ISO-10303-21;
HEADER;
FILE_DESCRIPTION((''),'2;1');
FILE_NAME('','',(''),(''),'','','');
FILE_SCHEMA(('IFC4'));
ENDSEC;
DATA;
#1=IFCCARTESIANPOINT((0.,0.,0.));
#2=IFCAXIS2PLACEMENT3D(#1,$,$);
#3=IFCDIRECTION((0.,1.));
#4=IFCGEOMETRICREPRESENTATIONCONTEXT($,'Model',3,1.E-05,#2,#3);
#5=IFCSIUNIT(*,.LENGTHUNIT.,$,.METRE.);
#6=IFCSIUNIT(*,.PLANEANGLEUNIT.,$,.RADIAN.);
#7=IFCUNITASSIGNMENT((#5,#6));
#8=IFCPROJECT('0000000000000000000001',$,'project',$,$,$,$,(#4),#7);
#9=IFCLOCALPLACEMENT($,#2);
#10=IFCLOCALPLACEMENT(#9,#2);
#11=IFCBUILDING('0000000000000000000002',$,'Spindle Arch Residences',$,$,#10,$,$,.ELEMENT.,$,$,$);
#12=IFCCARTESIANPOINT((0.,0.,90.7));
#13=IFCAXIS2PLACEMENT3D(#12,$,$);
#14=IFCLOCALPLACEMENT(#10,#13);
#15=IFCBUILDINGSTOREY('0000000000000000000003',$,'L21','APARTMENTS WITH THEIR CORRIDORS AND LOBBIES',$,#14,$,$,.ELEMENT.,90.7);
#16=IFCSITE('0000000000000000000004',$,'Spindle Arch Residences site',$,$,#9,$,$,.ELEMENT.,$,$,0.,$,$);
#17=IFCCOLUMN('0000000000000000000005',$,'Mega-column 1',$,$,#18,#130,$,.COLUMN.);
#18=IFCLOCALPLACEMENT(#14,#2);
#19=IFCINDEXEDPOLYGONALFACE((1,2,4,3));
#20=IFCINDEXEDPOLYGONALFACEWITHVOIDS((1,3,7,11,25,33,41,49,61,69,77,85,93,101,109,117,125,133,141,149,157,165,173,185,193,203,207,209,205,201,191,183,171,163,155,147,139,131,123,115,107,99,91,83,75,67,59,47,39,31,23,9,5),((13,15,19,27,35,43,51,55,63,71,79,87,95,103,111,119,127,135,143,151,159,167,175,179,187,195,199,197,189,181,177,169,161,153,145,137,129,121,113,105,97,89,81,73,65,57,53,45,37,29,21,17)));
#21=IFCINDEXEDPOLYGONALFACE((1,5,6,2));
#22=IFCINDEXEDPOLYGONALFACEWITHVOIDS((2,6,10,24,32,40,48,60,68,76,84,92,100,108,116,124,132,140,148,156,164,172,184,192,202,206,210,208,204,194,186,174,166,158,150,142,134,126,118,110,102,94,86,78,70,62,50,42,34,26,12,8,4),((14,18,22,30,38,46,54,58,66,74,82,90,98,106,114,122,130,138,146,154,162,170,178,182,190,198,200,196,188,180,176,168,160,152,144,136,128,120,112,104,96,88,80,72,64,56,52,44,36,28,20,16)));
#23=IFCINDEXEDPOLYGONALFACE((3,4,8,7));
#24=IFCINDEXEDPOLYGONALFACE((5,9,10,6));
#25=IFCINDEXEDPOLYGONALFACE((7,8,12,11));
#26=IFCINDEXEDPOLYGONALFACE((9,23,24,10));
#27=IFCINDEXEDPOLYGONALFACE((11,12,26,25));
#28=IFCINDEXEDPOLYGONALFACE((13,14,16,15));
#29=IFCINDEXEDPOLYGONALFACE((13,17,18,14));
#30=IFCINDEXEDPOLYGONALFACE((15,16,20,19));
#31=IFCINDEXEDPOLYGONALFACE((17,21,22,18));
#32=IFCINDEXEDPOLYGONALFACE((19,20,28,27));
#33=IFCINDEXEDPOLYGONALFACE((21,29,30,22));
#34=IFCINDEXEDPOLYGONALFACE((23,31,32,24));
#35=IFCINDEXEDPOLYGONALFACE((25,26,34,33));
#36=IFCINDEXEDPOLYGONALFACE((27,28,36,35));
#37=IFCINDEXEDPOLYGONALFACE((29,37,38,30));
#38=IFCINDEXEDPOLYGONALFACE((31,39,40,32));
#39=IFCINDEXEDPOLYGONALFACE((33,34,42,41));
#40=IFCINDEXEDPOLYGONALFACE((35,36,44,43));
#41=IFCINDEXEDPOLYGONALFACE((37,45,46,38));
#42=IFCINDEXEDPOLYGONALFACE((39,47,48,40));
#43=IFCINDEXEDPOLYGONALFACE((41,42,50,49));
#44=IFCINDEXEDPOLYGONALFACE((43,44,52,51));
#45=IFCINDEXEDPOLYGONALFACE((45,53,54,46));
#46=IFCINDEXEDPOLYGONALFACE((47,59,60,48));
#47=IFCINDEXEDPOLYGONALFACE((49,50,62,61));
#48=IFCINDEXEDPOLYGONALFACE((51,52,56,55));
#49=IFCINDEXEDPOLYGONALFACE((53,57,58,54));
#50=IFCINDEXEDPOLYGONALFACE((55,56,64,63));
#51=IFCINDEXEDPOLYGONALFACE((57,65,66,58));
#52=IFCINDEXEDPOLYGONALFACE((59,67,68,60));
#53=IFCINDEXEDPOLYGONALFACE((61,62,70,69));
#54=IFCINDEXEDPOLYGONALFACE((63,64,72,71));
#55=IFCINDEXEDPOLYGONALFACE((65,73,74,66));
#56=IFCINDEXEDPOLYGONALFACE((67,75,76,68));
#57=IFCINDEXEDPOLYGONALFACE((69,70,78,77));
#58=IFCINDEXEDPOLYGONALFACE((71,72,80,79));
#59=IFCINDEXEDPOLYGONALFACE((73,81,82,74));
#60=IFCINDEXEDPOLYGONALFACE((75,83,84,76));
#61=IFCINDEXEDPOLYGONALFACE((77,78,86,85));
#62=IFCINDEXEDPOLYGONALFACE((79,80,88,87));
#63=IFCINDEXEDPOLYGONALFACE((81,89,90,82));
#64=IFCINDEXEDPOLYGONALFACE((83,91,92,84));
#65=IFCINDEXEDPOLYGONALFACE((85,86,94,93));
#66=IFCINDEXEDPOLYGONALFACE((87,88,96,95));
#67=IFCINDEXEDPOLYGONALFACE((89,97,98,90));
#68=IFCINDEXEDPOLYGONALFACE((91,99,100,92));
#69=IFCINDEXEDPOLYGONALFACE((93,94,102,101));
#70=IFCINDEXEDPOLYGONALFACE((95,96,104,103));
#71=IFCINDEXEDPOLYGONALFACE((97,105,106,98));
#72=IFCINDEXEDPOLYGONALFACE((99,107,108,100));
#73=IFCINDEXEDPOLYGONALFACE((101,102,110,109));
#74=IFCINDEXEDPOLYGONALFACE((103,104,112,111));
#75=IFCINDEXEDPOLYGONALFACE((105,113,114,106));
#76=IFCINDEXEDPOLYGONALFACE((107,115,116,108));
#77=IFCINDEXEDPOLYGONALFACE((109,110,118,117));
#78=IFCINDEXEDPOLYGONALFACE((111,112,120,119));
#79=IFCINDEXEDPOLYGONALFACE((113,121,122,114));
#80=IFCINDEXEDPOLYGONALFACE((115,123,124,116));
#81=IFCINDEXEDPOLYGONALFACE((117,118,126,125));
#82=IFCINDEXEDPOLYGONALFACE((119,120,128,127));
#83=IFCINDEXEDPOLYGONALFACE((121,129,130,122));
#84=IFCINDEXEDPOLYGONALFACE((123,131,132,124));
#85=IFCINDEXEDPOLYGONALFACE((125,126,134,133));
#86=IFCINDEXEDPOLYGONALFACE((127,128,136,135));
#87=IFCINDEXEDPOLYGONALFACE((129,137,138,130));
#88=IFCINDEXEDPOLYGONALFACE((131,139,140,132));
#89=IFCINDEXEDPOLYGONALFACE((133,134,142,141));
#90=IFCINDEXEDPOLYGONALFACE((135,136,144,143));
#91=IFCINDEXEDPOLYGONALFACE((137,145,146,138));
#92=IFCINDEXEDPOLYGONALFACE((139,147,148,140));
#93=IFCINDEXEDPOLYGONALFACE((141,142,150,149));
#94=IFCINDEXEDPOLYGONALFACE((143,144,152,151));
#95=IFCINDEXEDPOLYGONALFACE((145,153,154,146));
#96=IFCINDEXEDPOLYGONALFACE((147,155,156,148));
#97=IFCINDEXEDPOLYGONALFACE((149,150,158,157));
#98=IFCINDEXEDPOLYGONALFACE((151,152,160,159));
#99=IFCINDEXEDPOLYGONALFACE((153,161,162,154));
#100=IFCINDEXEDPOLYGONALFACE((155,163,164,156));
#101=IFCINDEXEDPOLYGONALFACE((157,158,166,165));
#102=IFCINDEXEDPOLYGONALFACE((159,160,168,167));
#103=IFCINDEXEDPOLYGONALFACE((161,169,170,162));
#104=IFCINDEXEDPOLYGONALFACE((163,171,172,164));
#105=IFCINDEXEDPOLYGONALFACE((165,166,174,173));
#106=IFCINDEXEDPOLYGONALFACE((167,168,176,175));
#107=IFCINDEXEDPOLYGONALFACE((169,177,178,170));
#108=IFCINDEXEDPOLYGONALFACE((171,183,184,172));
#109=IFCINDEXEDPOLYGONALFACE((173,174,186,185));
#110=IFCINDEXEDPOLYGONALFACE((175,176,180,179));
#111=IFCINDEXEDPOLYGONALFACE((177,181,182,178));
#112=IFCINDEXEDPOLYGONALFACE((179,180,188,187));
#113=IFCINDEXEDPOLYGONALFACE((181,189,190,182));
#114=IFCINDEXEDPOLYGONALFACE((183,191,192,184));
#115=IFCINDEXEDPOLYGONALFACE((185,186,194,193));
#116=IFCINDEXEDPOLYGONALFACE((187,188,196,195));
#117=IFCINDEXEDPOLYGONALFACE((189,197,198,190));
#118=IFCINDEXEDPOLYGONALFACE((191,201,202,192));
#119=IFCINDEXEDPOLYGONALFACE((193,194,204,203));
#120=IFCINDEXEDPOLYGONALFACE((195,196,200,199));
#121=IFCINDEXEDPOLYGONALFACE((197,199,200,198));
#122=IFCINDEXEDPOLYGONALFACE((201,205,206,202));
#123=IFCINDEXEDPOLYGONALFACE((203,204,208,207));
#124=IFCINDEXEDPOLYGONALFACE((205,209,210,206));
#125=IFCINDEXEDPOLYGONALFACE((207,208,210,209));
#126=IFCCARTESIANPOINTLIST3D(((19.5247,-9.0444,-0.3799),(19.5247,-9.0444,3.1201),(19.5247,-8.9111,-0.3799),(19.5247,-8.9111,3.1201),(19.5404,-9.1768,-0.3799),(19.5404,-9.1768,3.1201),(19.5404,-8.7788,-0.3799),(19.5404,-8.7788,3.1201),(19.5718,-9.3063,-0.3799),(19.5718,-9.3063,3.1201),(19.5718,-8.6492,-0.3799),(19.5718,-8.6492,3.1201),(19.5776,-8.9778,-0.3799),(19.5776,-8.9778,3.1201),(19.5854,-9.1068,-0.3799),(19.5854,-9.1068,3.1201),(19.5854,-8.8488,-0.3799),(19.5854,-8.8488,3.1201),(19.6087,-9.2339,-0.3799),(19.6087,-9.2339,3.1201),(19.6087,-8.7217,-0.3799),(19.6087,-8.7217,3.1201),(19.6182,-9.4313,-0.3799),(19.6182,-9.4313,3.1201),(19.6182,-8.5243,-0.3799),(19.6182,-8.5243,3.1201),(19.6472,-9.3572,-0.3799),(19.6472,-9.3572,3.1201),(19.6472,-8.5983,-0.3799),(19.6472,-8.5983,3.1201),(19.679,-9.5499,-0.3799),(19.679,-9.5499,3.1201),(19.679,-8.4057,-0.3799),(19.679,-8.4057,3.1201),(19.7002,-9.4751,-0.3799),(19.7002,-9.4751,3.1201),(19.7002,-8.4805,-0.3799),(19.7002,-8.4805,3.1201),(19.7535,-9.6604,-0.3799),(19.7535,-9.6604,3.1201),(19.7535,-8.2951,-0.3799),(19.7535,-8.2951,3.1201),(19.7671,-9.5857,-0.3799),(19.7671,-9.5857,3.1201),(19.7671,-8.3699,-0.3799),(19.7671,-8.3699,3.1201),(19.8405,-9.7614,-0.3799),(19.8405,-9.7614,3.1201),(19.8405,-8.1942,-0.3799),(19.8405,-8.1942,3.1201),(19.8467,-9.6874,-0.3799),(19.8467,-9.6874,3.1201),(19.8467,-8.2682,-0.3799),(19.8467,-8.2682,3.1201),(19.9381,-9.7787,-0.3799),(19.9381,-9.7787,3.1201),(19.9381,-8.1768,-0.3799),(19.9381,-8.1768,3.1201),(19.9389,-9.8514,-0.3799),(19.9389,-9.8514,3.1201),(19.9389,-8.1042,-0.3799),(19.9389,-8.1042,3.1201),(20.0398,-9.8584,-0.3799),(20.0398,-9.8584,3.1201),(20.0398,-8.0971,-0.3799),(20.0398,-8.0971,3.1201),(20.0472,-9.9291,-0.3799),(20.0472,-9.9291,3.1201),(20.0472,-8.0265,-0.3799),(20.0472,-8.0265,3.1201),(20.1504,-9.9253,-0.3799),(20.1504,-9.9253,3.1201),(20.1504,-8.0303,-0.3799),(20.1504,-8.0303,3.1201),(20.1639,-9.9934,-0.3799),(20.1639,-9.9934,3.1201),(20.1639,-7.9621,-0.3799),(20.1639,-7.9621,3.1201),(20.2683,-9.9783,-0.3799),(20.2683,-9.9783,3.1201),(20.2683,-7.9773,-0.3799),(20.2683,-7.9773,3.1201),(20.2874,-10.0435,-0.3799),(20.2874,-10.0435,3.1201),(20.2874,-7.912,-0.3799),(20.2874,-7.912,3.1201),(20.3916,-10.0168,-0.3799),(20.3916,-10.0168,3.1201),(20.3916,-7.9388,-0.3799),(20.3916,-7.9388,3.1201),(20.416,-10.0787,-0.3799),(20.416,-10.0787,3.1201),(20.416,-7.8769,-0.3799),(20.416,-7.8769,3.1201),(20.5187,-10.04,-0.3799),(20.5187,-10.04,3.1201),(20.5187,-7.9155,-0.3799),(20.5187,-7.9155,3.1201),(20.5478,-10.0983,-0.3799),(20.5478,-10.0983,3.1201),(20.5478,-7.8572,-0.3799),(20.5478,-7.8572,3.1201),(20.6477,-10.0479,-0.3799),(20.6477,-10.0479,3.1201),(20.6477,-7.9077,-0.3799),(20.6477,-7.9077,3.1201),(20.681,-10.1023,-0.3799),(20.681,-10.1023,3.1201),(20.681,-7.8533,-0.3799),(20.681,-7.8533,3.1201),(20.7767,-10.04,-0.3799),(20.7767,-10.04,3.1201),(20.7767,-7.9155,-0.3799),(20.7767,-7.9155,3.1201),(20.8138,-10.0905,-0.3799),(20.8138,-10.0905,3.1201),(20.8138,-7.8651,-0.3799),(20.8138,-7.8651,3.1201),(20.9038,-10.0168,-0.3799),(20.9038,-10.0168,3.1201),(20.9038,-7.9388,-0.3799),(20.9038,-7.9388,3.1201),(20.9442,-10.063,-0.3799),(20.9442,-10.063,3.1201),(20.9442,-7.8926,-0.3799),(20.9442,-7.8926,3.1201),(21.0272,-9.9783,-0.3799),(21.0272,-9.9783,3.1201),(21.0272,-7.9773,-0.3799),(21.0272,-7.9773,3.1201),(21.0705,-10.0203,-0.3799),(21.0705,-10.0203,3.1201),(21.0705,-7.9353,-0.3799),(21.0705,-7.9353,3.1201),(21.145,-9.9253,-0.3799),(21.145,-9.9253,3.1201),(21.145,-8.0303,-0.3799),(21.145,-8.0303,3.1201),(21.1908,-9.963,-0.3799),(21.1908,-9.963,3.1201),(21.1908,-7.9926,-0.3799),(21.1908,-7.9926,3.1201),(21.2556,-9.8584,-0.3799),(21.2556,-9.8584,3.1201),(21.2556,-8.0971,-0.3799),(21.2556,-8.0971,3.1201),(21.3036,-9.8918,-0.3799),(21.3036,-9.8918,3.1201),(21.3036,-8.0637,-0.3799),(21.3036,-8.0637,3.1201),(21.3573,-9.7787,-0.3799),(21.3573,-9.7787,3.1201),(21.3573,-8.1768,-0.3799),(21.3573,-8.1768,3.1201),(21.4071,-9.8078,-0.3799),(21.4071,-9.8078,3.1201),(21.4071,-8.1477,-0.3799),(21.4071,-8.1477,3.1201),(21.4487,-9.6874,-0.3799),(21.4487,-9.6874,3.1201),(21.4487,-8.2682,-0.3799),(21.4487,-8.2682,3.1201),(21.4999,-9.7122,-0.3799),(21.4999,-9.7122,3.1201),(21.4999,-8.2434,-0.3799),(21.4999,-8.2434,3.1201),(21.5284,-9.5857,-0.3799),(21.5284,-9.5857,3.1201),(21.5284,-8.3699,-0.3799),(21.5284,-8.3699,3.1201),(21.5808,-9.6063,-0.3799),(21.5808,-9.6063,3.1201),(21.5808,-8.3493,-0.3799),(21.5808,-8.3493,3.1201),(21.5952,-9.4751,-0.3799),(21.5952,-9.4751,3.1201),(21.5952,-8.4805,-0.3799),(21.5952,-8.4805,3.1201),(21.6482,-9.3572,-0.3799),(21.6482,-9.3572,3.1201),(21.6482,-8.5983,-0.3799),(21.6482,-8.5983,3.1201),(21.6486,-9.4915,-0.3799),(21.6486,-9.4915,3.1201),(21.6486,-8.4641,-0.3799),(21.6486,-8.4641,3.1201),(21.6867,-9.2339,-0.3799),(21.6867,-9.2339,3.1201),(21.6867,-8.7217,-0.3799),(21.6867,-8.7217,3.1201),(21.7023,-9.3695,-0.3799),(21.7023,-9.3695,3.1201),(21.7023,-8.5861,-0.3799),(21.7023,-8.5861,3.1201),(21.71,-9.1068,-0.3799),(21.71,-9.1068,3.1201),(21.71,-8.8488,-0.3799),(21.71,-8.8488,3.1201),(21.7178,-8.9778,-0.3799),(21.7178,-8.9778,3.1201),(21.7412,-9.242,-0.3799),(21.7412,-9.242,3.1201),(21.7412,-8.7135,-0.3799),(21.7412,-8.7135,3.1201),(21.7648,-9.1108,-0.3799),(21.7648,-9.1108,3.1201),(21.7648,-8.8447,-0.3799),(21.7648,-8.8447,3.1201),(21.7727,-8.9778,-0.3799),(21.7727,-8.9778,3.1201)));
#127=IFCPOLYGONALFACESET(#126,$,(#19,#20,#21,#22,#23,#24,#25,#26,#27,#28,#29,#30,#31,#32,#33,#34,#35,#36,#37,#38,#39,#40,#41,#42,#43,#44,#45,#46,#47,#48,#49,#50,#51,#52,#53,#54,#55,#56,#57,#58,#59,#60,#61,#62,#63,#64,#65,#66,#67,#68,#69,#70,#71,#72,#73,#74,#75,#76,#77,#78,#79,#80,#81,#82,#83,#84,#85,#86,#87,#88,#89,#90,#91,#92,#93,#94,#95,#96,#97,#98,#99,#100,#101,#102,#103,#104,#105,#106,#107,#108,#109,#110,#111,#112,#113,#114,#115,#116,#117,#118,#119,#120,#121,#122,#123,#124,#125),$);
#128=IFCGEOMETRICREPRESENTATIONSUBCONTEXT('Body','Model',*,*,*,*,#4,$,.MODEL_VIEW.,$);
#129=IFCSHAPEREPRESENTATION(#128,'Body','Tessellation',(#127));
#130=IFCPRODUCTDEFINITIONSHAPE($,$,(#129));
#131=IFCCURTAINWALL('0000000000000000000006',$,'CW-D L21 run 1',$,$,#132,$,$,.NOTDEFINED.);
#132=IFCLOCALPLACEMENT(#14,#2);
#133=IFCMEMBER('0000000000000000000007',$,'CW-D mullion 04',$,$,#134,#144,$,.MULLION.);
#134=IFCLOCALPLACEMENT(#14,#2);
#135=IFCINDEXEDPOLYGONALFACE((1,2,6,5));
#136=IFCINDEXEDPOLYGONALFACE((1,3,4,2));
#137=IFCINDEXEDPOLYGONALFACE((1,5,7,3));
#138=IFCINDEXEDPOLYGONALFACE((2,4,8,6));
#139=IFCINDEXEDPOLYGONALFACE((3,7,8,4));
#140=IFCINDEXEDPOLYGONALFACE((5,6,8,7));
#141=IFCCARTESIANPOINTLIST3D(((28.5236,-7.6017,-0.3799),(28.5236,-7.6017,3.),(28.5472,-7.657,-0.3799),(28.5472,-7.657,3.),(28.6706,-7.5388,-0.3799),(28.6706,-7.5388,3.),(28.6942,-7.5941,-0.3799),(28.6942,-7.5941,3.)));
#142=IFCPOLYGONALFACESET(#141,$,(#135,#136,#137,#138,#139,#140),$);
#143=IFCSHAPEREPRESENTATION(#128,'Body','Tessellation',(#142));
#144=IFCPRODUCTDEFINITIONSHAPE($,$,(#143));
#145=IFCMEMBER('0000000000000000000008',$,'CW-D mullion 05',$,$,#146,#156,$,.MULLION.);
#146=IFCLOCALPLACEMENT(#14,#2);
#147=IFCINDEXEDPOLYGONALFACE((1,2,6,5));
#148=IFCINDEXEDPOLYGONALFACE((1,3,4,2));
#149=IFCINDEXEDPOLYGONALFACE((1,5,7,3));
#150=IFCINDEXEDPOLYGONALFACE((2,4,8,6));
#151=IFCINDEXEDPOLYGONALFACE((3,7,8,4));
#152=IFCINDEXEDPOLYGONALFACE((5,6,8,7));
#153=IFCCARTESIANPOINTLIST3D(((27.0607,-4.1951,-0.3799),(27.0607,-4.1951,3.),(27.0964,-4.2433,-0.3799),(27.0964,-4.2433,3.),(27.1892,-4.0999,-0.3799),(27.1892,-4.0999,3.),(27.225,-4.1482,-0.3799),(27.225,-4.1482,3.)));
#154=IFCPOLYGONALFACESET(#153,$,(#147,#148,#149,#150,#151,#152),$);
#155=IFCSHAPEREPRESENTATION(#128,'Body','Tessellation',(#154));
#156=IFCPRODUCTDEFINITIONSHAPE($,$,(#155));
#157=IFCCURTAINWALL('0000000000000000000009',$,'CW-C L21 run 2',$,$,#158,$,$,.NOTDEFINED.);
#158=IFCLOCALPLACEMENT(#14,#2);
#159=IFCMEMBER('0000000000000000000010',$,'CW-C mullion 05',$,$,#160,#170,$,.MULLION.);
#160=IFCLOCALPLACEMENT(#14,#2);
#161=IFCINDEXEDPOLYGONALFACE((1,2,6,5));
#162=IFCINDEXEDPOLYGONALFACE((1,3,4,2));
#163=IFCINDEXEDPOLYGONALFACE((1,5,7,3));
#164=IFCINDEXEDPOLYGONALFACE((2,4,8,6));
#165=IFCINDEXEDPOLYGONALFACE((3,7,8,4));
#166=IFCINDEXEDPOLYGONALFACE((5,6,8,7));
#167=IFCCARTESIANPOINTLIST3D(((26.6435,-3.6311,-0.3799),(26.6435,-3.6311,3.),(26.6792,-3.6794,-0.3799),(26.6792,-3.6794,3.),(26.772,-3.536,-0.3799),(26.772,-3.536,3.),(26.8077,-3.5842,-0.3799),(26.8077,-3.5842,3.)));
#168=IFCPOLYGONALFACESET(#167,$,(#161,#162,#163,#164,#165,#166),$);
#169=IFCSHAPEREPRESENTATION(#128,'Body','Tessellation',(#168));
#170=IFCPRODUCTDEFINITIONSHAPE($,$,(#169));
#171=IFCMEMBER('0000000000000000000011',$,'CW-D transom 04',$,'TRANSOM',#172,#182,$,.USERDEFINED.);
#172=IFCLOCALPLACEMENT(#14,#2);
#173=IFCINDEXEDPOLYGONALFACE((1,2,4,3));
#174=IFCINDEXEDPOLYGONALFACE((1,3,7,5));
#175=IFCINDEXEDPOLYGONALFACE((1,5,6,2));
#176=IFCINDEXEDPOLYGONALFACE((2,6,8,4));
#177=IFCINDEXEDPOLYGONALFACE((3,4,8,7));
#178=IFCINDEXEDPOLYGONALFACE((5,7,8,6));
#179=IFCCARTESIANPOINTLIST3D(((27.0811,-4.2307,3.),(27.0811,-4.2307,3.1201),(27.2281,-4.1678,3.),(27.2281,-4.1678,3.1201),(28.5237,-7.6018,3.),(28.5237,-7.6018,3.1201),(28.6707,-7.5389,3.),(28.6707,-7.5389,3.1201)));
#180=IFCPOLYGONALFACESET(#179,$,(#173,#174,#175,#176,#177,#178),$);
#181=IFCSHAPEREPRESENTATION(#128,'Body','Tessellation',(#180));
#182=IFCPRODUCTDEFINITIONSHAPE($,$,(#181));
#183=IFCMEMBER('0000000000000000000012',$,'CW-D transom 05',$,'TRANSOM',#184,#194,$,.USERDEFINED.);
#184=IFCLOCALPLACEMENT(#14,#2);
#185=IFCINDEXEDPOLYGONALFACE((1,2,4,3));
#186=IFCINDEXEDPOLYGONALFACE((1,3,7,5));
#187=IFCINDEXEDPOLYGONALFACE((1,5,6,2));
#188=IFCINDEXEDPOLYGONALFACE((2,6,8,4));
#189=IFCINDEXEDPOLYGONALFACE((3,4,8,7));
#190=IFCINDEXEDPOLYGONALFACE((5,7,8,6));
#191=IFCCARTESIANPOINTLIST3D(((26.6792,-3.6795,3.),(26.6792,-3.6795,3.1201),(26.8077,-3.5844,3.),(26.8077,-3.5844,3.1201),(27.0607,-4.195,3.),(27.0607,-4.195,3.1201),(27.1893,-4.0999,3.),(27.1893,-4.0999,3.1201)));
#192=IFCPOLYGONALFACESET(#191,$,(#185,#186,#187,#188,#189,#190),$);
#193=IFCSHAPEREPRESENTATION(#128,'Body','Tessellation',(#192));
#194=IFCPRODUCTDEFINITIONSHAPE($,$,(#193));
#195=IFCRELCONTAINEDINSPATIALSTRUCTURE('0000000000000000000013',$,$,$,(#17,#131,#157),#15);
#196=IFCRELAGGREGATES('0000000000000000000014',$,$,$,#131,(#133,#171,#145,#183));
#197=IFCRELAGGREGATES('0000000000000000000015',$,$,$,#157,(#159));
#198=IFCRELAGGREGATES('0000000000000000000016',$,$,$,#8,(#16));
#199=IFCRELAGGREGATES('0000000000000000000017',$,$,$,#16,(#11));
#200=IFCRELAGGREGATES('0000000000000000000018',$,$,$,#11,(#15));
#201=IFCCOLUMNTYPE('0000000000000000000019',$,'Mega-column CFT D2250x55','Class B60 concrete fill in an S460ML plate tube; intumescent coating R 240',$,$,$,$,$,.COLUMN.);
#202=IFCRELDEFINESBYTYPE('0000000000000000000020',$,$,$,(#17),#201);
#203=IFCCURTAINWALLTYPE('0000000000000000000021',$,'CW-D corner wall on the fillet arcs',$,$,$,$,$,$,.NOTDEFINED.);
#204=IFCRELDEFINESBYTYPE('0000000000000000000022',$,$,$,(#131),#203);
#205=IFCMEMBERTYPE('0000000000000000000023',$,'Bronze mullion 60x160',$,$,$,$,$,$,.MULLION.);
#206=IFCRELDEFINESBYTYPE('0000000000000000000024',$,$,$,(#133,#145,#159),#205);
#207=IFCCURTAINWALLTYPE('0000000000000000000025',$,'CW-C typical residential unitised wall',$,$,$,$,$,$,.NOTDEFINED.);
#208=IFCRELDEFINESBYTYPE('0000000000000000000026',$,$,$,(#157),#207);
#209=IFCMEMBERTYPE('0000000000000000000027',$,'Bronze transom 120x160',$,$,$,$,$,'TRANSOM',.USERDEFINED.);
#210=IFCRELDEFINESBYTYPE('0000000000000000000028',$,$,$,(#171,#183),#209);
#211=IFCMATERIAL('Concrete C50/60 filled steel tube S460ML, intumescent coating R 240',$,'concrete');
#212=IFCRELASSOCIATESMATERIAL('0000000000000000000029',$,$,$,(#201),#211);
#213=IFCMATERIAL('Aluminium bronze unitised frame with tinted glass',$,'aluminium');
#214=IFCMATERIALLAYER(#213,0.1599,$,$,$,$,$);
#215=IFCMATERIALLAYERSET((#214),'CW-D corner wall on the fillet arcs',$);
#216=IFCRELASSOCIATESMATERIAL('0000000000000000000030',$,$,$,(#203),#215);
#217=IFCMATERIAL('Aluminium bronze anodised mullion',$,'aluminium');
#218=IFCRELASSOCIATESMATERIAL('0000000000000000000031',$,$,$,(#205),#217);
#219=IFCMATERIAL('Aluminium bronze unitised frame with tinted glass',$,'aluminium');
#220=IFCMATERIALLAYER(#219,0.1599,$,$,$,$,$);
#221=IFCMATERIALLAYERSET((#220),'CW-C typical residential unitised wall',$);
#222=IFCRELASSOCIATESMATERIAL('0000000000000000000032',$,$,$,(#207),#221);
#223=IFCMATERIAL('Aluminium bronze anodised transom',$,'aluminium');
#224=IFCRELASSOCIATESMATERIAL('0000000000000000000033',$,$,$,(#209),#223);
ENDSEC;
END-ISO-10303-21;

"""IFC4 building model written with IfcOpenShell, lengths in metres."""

from ifc_helpers import new_model, si_unit, direction, frame, origin, origin_2d, place, context, subcontext, project, spatial, rectangle, hollow_circle, extrude, material, layer, layer_set, material_profile, profile_set, type_object, element, aggregate, save


model = new_model("IFC4")

# Units and contexts
model_context = context("Model", 3, precision=1e-05, world=origin(), true_north=direction((0.0, 1.0)))
body_context = subcontext(model_context, "Body", "Model", "MODEL_VIEW")
ifc_project = project(units=[si_unit("LENGTHUNIT", "METRE"), si_unit("PLANEANGLEUNIT", "RADIAN")], contexts=[model_context])

# Site, building, storey
site_placement = place(None, origin())
site = spatial("IfcSite", under=ifc_project, at=site_placement, Name="Spindle Arch Residences site", CompositionType="ELEMENT", RefElevation=0.0)
building_placement = place(site_placement, origin())
building = spatial("IfcBuilding", under=site, at=building_placement, Name="Spindle Arch Residences", CompositionType="ELEMENT")
storey_placement = place(building_placement, frame((0.0, 0.0, 90.7)))
storey = spatial("IfcBuildingStorey", under=building, at=storey_placement, Name="L21", Description="APARTMENTS WITH THEIR CORRIDORS AND LOBBIES", CompositionType="ELEMENT", Elevation=90.7)

# Column
ifc_material_1 = material(Name="Concrete C50/60 filled steel tube S460ML, intumescent coating R 240", Category="concrete")
ifc_material_profile_1 = material_profile(ifc_material_1, hollow_circle(Radius=1.125, WallThickness=0.0549, at=origin_2d()), Name="CFT D2250x55")
ifc_profile_set_1 = profile_set([ifc_material_profile_1], Name="Concrete C50/60 filled steel tube S460ML, intumescent coating R 240")
column_type_1 = type_object("IfcColumnType", Name="Mega-column CFT D2250x55", Description="Class B60 concrete fill in an S460ML plate tube; intumescent coating R 240", PredefinedType="COLUMN", material=ifc_profile_set_1)
column_placement = place(storey_placement, frame((20.6477, -8.9778, -0.3799), z_axis=(0.0, 0.0, 1.0), x_axis=(1.0, 0.0, 0.0)))
element("IfcColumn", 1, at=column_placement, inside=storey, type_object=column_type_1, Name="Mega-column 1", PredefinedType="COLUMN", context=body_context, shape_type="SweptSolid", body=[
    extrude(hollow_circle(Radius=1.125, WallThickness=0.0549, at=origin_2d()), origin(), (0.0, 0.0, 1.0), 3.5),
])

# Curtain wall, members
ifc_material_2 = material(Name="Aluminium bronze unitised frame with tinted glass", Category="aluminium")
ifc_layer_1 = layer(ifc_material_2, 0.1599)
ifc_layer_set_1 = layer_set([ifc_layer_1], Name="CW-D corner wall on the fillet arcs")
curtain_wall_type_1 = type_object("IfcCurtainWallType", Name="CW-D corner wall on the fillet arcs", PredefinedType="NOTDEFINED", material=ifc_layer_set_1)
curtain_wall_1_placement = place(storey_placement, origin())
curtain_wall_1 = element("IfcCurtainWall", 2, at=curtain_wall_1_placement, inside=storey, type_object=curtain_wall_type_1, Name="CW-D L21 run 1", PredefinedType="NOTDEFINED")
ifc_material_3 = material(Name="Aluminium bronze anodised mullion", Category="aluminium")
ifc_material_profile_2 = material_profile(ifc_material_3, rectangle(XDim=0.1599, YDim=0.0601, at=origin_2d()), Name="MU 60x160")
ifc_profile_set_2 = profile_set([ifc_material_profile_2], Name="Aluminium bronze anodised mullion")
member_type_1 = type_object("IfcMemberType", Name="Bronze mullion 60x160", PredefinedType="MULLION", material=ifc_profile_set_2)
member_1_placement = place(storey_placement, frame((28.6089, -7.5979, -0.3799), z_axis=(0.0, 0.0, 1.0), x_axis=(-0.919364, -0.393407, 0.0)))
member_1 = element("IfcMember", 3, at=member_1_placement, type_object=member_type_1, Name="CW-D mullion 04", PredefinedType="MULLION", context=body_context, shape_type="SweptSolid", body=[
    extrude(rectangle(XDim=0.1599, YDim=0.0601, at=origin_2d()), origin(), (0.0, 0.0, 1.0), 3.3799),
])
member_2_placement = place(storey_placement, frame((27.1428, -4.1716, -0.3799), z_axis=(0.0, 0.0, 1.0), x_axis=(-0.803857, -0.594823, 0.0)))
member_2 = element("IfcMember", 4, at=member_2_placement, type_object=member_type_1, Name="CW-D mullion 05", PredefinedType="MULLION", context=body_context, shape_type="SweptSolid", body=[
    extrude(rectangle(XDim=0.1599, YDim=0.0601, at=origin_2d()), origin(), (0.0, 0.0, 1.0), 3.3799),
])

# Curtain wall, member
ifc_material_4 = material(Name="Aluminium bronze unitised frame with tinted glass", Category="aluminium")
ifc_layer_2 = layer(ifc_material_4, 0.1599)
ifc_layer_set_2 = layer_set([ifc_layer_2], Name="CW-C typical residential unitised wall")
curtain_wall_type_2 = type_object("IfcCurtainWallType", Name="CW-C typical residential unitised wall", PredefinedType="NOTDEFINED", material=ifc_layer_set_2)
curtain_wall_2_placement = place(storey_placement, origin())
curtain_wall_2 = element("IfcCurtainWall", 5, at=curtain_wall_2_placement, inside=storey, type_object=curtain_wall_type_2, Name="CW-C L21 run 2", PredefinedType="NOTDEFINED")
member_3_placement = place(storey_placement, frame((26.7256, -3.6077, -0.3799), z_axis=(0.0, 0.0, 1.0), x_axis=(-0.803857, -0.594823, 0.0)))
member_3 = element("IfcMember", 6, at=member_3_placement, type_object=member_type_1, Name="CW-C mullion 05", PredefinedType="MULLION", context=body_context, shape_type="SweptSolid", body=[
    extrude(rectangle(XDim=0.1599, YDim=0.0601, at=origin_2d()), origin(), (0.0, 0.0, 1.0), 3.3799),
])

# Members
ifc_material_5 = material(Name="Aluminium bronze anodised transom", Category="aluminium")
ifc_material_profile_3 = material_profile(ifc_material_5, rectangle(XDim=0.1599, YDim=0.1201, at=origin_2d()), Name="TR 120x160")
ifc_profile_set_3 = profile_set([ifc_material_profile_3], Name="Aluminium bronze anodised transom")
member_type_2 = type_object("IfcMemberType", Name="Bronze transom 120x160", ElementType="TRANSOM", PredefinedType="USERDEFINED", material=ifc_profile_set_3)
member_4_placement = place(storey_placement, frame((28.5972, -7.5703, 3.0601), z_axis=(-0.393429, 0.919355, 0.0), x_axis=(-0.919355, -0.393429, 0.0)))
member_4 = element("IfcMember", 7, at=member_4_placement, type_object=member_type_2, Name="CW-D transom 04", ObjectType="TRANSOM", PredefinedType="USERDEFINED", context=body_context, shape_type="SweptSolid", body=[
    extrude(rectangle(XDim=0.1599, YDim=0.1201, at=origin_2d()), origin(), (0.0, 0.0, 1.0), 3.6667),
])
member_5_placement = place(storey_placement, frame((27.125, -4.1475, 3.0601), z_axis=(-0.594873, 0.80382, 0.0), x_axis=(-0.80382, -0.594873, 0.0)))
member_5 = element("IfcMember", 8, at=member_5_placement, type_object=member_type_2, Name="CW-D transom 05", ObjectType="TRANSOM", PredefinedType="USERDEFINED", context=body_context, shape_type="SweptSolid", body=[
    extrude(rectangle(XDim=0.1599, YDim=0.1201, at=origin_2d()), origin(), (0.0, 0.0, 1.0), 0.6414),
])

aggregate(curtain_wall_1, [member_1, member_4, member_2, member_5])
aggregate(curtain_wall_2, [member_3])

save(model, "model.ifc")
